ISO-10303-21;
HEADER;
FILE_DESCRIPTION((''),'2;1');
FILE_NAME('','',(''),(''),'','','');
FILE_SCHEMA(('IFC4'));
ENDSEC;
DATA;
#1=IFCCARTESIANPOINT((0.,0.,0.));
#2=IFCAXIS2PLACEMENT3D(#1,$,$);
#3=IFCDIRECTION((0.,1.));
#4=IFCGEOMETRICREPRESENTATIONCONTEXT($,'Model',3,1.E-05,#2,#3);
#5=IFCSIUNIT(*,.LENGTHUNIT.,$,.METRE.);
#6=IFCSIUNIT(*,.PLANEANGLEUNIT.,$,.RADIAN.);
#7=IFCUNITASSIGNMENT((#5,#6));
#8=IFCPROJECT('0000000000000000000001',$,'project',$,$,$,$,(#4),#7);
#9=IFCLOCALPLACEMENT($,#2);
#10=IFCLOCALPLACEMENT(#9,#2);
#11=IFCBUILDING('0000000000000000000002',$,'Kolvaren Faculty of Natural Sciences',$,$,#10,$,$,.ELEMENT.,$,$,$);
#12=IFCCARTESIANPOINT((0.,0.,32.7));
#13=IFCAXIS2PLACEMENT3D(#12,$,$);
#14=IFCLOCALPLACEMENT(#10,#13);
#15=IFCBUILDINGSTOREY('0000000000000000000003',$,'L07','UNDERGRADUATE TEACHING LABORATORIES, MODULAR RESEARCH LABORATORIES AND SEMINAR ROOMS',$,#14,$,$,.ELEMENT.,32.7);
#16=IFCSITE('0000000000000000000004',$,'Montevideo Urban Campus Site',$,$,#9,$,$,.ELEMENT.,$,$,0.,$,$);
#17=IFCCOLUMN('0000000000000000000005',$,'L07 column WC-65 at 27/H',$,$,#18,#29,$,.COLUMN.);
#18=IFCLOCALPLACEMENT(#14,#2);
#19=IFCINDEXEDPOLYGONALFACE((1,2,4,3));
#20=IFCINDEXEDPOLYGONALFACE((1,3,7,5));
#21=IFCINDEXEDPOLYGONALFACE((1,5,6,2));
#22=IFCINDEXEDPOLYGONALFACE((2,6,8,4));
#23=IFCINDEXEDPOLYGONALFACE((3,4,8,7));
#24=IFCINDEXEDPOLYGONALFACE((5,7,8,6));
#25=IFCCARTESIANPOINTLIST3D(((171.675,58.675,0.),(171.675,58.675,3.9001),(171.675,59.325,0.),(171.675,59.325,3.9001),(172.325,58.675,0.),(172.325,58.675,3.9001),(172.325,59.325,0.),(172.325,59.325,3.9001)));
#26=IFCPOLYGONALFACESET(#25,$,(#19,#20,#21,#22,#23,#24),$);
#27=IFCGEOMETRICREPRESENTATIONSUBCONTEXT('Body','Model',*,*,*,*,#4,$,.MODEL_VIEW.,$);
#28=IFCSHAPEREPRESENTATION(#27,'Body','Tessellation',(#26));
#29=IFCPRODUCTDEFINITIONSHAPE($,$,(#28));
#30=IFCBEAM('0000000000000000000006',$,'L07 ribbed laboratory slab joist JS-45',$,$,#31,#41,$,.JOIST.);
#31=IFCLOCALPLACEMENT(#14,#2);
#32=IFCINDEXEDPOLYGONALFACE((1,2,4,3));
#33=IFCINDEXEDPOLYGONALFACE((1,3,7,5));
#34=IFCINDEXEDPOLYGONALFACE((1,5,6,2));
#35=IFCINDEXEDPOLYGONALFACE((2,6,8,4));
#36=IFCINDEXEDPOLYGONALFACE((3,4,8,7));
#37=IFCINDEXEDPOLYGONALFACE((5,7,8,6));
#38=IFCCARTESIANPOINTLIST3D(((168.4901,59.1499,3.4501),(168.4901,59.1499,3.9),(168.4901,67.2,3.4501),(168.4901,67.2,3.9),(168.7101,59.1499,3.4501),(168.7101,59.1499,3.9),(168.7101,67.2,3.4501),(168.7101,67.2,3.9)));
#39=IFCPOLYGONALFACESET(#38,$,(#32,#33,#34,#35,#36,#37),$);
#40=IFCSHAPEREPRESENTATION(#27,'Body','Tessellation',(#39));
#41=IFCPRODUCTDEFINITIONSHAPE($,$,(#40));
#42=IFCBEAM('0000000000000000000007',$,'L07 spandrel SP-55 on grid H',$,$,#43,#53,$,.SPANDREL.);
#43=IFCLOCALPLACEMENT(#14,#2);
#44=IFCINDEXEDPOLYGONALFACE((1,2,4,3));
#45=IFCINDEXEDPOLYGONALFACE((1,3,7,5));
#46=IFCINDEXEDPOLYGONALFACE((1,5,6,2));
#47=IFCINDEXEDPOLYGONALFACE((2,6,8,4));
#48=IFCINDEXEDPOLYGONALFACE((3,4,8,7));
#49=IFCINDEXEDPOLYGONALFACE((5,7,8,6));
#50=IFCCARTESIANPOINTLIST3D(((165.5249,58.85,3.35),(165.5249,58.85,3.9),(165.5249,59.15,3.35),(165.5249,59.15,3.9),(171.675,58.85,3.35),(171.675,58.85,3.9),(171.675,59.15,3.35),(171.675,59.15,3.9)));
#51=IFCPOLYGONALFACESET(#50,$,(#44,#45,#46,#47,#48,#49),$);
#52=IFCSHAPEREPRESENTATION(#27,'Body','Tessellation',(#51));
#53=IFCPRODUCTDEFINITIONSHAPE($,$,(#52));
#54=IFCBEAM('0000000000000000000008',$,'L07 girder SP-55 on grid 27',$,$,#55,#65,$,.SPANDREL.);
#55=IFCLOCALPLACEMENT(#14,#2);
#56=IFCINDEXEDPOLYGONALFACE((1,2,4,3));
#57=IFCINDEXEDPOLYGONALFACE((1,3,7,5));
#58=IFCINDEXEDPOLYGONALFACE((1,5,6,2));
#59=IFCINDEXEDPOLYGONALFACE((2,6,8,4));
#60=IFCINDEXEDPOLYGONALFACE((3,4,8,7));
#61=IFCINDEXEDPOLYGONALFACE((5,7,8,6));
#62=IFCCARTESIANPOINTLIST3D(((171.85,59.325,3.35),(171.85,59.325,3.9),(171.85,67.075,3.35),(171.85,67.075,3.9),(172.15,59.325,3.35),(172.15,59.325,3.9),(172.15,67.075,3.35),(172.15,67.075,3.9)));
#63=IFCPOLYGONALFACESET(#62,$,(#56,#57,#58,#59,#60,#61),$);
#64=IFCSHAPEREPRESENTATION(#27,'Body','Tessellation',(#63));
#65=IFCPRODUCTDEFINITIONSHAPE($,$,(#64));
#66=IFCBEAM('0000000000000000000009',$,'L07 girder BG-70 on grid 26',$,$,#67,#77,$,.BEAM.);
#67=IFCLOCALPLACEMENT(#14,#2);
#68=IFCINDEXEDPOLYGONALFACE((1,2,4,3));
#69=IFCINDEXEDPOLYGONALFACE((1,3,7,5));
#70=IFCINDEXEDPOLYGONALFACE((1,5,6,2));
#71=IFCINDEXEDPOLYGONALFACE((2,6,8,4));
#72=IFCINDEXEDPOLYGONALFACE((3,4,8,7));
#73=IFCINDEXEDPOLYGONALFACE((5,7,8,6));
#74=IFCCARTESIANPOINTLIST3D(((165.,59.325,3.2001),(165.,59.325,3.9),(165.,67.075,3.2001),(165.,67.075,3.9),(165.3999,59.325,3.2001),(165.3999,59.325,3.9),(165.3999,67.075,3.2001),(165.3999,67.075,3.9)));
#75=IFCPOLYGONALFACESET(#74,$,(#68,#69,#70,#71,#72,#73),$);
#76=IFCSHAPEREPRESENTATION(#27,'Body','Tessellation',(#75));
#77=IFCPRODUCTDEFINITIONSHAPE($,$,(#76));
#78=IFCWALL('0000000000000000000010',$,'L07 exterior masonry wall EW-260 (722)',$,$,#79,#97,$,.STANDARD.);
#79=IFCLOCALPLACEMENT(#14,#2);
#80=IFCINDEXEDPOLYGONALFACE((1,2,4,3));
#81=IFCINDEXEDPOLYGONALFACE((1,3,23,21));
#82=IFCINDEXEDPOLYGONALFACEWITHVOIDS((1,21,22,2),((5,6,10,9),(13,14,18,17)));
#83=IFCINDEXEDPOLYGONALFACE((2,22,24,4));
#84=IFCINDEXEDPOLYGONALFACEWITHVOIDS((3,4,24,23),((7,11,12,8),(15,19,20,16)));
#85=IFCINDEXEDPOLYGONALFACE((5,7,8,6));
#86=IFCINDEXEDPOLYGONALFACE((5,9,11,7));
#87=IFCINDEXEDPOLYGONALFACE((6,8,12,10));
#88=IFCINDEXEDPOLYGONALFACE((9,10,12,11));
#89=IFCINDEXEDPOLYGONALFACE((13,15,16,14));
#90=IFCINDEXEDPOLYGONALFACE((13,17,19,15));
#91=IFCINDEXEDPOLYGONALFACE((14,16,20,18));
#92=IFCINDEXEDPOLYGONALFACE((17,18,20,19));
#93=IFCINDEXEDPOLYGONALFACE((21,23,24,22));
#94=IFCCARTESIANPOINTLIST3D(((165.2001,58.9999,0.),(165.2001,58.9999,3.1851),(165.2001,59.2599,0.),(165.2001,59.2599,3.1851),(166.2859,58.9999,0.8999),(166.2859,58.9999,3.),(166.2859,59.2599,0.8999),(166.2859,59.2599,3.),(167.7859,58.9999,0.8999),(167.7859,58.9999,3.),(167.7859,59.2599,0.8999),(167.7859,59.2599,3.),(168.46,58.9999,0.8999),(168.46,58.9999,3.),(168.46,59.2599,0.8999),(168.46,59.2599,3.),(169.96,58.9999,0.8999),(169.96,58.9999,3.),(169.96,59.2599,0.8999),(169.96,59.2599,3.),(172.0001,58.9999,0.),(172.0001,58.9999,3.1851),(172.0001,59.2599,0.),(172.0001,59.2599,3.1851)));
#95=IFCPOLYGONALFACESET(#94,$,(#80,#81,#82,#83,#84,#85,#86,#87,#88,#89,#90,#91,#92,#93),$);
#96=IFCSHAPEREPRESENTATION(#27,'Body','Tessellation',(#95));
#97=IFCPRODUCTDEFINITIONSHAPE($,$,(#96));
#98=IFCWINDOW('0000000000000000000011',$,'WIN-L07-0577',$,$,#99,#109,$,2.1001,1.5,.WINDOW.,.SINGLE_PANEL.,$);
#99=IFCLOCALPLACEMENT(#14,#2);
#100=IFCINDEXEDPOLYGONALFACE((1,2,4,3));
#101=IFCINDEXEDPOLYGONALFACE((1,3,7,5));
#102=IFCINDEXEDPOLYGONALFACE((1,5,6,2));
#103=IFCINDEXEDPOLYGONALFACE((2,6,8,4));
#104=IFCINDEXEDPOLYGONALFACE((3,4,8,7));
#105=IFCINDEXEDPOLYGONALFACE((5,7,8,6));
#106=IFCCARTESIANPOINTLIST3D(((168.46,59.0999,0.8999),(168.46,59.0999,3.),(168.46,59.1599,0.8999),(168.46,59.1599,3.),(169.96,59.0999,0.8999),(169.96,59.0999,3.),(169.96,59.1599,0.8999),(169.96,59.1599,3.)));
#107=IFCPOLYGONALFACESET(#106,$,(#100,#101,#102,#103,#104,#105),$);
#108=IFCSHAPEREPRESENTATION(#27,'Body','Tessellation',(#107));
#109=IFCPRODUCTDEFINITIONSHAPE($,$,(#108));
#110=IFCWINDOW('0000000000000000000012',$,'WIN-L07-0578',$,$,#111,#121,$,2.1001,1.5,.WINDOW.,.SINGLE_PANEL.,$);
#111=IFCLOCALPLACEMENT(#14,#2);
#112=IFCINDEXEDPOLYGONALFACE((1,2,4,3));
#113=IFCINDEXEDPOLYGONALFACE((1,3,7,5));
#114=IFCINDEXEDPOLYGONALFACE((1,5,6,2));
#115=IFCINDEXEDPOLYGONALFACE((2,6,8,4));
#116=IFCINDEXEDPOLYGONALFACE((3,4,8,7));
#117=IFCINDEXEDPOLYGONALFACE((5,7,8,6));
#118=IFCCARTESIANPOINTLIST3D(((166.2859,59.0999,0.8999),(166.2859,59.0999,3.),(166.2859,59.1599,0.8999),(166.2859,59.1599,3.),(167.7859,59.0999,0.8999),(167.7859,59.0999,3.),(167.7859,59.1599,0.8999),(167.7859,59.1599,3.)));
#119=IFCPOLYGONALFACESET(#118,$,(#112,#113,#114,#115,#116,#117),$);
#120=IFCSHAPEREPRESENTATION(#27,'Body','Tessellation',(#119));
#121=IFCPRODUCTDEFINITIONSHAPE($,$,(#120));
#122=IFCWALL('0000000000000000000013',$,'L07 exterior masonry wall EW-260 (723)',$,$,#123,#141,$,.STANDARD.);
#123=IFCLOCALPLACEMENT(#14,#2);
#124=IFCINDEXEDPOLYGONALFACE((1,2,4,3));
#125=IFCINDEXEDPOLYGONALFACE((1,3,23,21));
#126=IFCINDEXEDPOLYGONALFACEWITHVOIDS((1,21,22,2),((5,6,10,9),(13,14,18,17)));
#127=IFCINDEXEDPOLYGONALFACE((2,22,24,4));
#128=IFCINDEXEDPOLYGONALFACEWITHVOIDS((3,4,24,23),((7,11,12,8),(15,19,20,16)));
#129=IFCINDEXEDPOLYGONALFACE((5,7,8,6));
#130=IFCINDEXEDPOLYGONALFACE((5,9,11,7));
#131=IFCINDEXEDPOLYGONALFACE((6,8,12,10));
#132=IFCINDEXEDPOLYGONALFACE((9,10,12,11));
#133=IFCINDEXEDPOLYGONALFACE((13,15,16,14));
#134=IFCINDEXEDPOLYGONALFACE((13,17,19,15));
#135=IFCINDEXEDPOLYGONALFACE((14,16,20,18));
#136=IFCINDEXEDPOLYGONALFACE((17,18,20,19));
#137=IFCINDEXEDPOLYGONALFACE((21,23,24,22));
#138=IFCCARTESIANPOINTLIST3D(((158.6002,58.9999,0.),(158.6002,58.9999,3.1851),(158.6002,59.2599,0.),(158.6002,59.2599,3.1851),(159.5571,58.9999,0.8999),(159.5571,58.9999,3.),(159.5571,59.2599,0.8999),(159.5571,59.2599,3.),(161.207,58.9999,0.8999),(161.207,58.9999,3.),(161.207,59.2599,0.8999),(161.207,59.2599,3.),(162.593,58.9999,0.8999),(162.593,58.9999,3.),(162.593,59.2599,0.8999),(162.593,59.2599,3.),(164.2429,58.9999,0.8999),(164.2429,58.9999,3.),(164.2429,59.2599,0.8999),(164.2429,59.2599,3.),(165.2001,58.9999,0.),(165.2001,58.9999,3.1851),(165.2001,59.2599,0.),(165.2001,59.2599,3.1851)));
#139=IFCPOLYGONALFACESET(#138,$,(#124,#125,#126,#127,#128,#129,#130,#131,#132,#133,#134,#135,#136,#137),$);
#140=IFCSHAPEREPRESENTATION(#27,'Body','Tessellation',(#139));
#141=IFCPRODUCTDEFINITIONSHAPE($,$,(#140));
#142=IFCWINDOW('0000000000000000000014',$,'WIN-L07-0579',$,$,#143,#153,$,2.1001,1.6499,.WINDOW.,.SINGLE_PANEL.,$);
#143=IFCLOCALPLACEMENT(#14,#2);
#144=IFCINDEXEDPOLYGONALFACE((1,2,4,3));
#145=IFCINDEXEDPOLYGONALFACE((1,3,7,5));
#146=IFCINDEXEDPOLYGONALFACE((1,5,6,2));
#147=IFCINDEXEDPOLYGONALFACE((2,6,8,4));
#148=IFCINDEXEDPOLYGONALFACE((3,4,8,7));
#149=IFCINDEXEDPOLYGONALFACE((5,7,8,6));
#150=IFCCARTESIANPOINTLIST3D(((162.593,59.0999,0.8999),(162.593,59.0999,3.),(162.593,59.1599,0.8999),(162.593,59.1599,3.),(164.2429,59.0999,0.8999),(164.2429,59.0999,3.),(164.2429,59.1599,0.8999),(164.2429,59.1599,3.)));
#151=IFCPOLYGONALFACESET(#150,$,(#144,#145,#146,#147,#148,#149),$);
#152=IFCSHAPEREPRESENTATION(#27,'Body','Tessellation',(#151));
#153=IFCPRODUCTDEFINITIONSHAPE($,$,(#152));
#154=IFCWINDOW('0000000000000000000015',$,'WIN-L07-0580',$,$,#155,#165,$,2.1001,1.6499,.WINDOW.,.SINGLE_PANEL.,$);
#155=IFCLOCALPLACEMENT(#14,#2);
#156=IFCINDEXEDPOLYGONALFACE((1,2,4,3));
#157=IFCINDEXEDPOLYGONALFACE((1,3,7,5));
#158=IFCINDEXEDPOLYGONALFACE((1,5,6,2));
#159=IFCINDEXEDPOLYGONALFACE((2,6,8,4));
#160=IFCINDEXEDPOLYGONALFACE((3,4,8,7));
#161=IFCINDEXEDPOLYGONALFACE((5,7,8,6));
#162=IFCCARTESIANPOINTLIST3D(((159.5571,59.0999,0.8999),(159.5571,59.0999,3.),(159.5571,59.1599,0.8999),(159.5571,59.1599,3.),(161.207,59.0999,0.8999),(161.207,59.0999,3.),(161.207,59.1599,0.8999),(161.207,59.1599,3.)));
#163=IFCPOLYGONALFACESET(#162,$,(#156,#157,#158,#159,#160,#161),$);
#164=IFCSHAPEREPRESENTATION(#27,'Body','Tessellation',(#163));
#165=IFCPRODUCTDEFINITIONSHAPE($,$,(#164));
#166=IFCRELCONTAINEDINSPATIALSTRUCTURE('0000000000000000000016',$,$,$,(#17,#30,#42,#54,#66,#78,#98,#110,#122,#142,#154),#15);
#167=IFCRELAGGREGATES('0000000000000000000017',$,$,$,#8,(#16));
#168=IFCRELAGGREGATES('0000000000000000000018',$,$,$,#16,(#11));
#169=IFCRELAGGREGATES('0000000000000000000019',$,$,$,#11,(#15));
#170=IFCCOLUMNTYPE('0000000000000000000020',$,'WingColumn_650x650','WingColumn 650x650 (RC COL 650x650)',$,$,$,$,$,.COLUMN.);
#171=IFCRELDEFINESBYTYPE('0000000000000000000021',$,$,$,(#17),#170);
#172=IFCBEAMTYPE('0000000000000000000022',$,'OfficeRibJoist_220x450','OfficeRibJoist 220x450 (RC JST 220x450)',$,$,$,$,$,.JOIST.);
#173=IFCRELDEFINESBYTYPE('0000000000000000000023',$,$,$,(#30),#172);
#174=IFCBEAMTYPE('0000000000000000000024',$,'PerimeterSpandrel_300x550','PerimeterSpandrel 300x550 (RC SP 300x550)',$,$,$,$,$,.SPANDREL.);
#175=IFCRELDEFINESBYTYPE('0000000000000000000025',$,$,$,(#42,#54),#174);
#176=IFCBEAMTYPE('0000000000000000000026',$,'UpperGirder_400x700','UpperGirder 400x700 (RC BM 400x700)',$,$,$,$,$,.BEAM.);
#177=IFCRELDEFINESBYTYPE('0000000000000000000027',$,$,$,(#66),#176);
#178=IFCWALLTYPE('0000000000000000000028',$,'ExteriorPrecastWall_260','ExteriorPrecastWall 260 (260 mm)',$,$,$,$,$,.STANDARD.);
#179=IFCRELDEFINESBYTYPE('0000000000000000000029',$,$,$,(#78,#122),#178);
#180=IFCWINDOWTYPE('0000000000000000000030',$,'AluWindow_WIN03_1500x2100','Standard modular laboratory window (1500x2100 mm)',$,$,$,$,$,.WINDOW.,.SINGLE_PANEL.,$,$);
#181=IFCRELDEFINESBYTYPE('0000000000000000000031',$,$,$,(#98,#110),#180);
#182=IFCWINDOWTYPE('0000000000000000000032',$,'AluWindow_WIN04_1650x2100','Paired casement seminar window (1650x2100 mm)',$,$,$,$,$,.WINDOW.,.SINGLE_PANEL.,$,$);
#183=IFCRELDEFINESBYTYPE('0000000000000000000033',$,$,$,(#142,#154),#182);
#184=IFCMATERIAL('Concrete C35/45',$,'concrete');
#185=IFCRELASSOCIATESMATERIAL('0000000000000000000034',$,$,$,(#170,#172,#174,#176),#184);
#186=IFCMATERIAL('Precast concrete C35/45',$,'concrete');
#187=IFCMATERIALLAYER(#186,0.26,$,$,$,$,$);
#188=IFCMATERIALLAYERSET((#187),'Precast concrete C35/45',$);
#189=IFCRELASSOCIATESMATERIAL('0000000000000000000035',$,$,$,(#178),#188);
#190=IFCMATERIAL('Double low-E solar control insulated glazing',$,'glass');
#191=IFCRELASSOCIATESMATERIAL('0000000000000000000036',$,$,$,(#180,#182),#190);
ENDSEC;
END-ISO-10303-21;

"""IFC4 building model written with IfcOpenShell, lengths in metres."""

from ifc_helpers import new_model, si_unit, direction, frame, frame_2d, origin, origin_2d, place, context, subcontext, project, spatial, rectangle, extrude, material, layer, layer_set, material_profile, profile_set, type_object, element, fill, save


model = new_model("IFC4")

# Units and contexts
model_context = context("Model", 3, precision=1e-05, world=origin(), true_north=direction((0.0, 1.0)))
body_context = subcontext(model_context, "Body", "Model", "MODEL_VIEW")
ifc_project = project(units=[si_unit("LENGTHUNIT", "METRE"), si_unit("PLANEANGLEUNIT", "RADIAN")], contexts=[model_context])

# Site, building, storey
site_placement = place(None, origin())
site = spatial("IfcSite", under=ifc_project, at=site_placement, Name="Montevideo Urban Campus Site", CompositionType="ELEMENT", RefElevation=0.0)
building_placement = place(site_placement, origin())
building = spatial("IfcBuilding", under=site, at=building_placement, Name="Kolvaren Faculty of Natural Sciences", CompositionType="ELEMENT")
storey_placement = place(building_placement, frame((0.0, 0.0, 32.7)))
storey = spatial("IfcBuildingStorey", under=building, at=storey_placement, Name="L07", Description="UNDERGRADUATE TEACHING LABORATORIES, MODULAR RESEARCH LABORATORIES AND SEMINAR ROOMS", CompositionType="ELEMENT", Elevation=32.7)

# Column
ifc_material_1 = material(Name="Concrete C35/45", Category="concrete")
ifc_material_profile_1 = material_profile(ifc_material_1, rectangle(XDim=0.6499, YDim=0.6499, at=origin_2d()), Name="RC COL 650x650")
ifc_profile_set_1 = profile_set([ifc_material_profile_1], Name="Concrete C35/45")
column_type = type_object("IfcColumnType", Name="WingColumn_650x650", Description="WingColumn 650x650 (RC COL 650x650)", PredefinedType="COLUMN", material=ifc_profile_set_1)
column_placement = place(storey_placement, frame((172.0, 59.0, 0.0), z_axis=(0.0, 0.0, 1.0), x_axis=(1.0, 0.0, 0.0)))
element("IfcColumn", 1, at=column_placement, inside=storey, type_object=column_type, Name="L07 column WC-65 at 27/H", PredefinedType="COLUMN", context=body_context, shape_type="SweptSolid", body=[
    extrude(rectangle(XDim=0.6499, YDim=0.6499, at=origin_2d()), origin(), (0.0, 0.0, 1.0), 3.9001),
])

# Beams
ifc_material_profile_2 = material_profile(ifc_material_1, rectangle(XDim=0.22, YDim=0.45, at=origin_2d()), Name="RC JST 220x450")
ifc_profile_set_2 = profile_set([ifc_material_profile_2], Name="Concrete C35/45")
beam_type_1 = type_object("IfcBeamType", Name="OfficeRibJoist_220x450", Description="OfficeRibJoist 220x450 (RC JST 220x450)", PredefinedType="JOIST", material=ifc_profile_set_2)
beam_1_placement = place(storey_placement, frame((168.6001, 59.1499, 3.675), z_axis=(0.0, 1.0, 0.0), x_axis=(-1.0, 0.0, 0.0)))
element("IfcBeam", 2, at=beam_1_placement, inside=storey, type_object=beam_type_1, Name="L07 ribbed laboratory slab joist JS-45", PredefinedType="JOIST", context=body_context, shape_type="SweptSolid", body=[
    extrude(rectangle(XDim=0.22, YDim=0.45, at=origin_2d()), origin(), (0.0, 0.0, 1.0), 8.05),
])
ifc_material_profile_3 = material_profile(ifc_material_1, rectangle(XDim=0.3, YDim=0.55, at=origin_2d()), Name="RC SP 300x550")
ifc_profile_set_3 = profile_set([ifc_material_profile_3], Name="Concrete C35/45")
beam_type_2 = type_object("IfcBeamType", Name="PerimeterSpandrel_300x550", Description="PerimeterSpandrel 300x550 (RC SP 300x550)", PredefinedType="SPANDREL", material=ifc_profile_set_3)
beam_2_placement = place(storey_placement, frame((165.5249, 59.0, 3.625), z_axis=(1.0, 0.0, 0.0), x_axis=(0.0, 1.0, 0.0)))
element("IfcBeam", 3, at=beam_2_placement, inside=storey, type_object=beam_type_2, Name="L07 spandrel SP-55 on grid H", PredefinedType="SPANDREL", context=body_context, shape_type="SweptSolid", body=[
    extrude(rectangle(XDim=0.3, YDim=0.55, at=origin_2d()), origin(), (0.0, 0.0, 1.0), 6.1501),
])
beam_3_placement = place(storey_placement, frame((172.0, 59.325, 3.625), z_axis=(0.0, 1.0, 0.0), x_axis=(-1.0, 0.0, 0.0)))
element("IfcBeam", 4, at=beam_3_placement, inside=storey, type_object=beam_type_2, Name="L07 girder SP-55 on grid 27", PredefinedType="SPANDREL", context=body_context, shape_type="SweptSolid", body=[
    extrude(rectangle(XDim=0.3, YDim=0.55, at=origin_2d()), origin(), (0.0, 0.0, 1.0), 7.75),
])
ifc_material_profile_4 = material_profile(ifc_material_1, rectangle(XDim=0.3999, YDim=0.7, at=origin_2d()), Name="RC BM 400x700")
ifc_profile_set_4 = profile_set([ifc_material_profile_4], Name="Concrete C35/45")
beam_type_3 = type_object("IfcBeamType", Name="UpperGirder_400x700", Description="UpperGirder 400x700 (RC BM 400x700)", PredefinedType="BEAM", material=ifc_profile_set_4)
beam_4_placement = place(storey_placement, frame((165.2, 59.325, 3.55), z_axis=(0.0, 1.0, 0.0), x_axis=(-1.0, 0.0, 0.0)))
element("IfcBeam", 5, at=beam_4_placement, inside=storey, type_object=beam_type_3, Name="L07 girder BG-70 on grid 26", PredefinedType="BEAM", context=body_context, shape_type="SweptSolid", body=[
    extrude(rectangle(XDim=0.3999, YDim=0.7, at=origin_2d()), origin(), (0.0, 0.0, 1.0), 7.75),
])

# Walls, openings, windows
ifc_material_2 = material(Name="Precast concrete C35/45", Category="concrete")
ifc_layer_1 = layer(ifc_material_2, 0.26)
ifc_layer_set_1 = layer_set([ifc_layer_1], Name="Precast concrete C35/45")
wall_type_1 = type_object("IfcWallType", Name="ExteriorPrecastWall_260", Description="ExteriorPrecastWall 260 (260 mm)", PredefinedType="STANDARD", material=ifc_layer_set_1)
wall_1_placement = place(storey_placement, frame((172.0, 59.1299, 0.0), z_axis=(0.0, 0.0, 1.0), x_axis=(-1.0, 0.0, 0.0)))
wall_1 = element("IfcWall", 6, at=wall_1_placement, inside=storey, type_object=wall_type_1, Name="L07 exterior masonry wall EW-260 (722)", PredefinedType="STANDARD", context=body_context, shape_type="SweptSolid", body=[
    extrude(rectangle(XDim=6.8, YDim=0.26, at=frame_2d((3.3999, 0.0))), origin(), (0.0, 0.0, 1.0), 3.1851),
])
opening_1_placement = place(wall_1_placement, frame((2.04, 0.0, 0.8999)))
opening_1 = element("IfcOpeningElement", 7, at=opening_1_placement, cuts=wall_1, PredefinedType="OPENING", context=body_context, shape_type="SweptSolid", body=[
    extrude(rectangle(XDim=1.5, YDim=2.1001, at=frame_2d((0.75, 1.05))), frame((0.0, 0.1399, 0.0), z_axis=(0.0, -1.0, 0.0), x_axis=(1.0, 0.0, 0.0)), (0.0, 0.0, 1.0), 0.28),
])
opening_2_placement = place(wall_1_placement, frame((4.2141, 0.0, 0.8999)))
opening_2 = element("IfcOpeningElement", 8, at=opening_2_placement, cuts=wall_1, PredefinedType="OPENING", context=body_context, shape_type="SweptSolid", body=[
    extrude(rectangle(XDim=1.5, YDim=2.1001, at=frame_2d((0.75, 1.05))), frame((0.0, 0.1399, 0.0), z_axis=(0.0, -1.0, 0.0), x_axis=(1.0, 0.0, 0.0)), (0.0, 0.0, 1.0), 0.28),
])
ifc_material_3 = material(Name="Double low-E solar control insulated glazing", Category="glass")
window_type_1 = type_object("IfcWindowType", Name="AluWindow_WIN03_1500x2100", Description="Standard modular laboratory window (1500x2100 mm)", PartitioningType="SINGLE_PANEL", PredefinedType="WINDOW", material=ifc_material_3)
window_1_placement = place(opening_1_placement, origin())
window_1 = element("IfcWindow", 9, at=window_1_placement, inside=storey, type_object=window_type_1, Name="WIN-L07-0577", OverallHeight=2.1001, OverallWidth=1.5, PartitioningType="SINGLE_PANEL", PredefinedType="WINDOW", context=body_context, shape_type="SweptSolid", body=[
    extrude(rectangle(XDim=1.5, YDim=2.1001, at=frame_2d((0.75, 1.05))), frame((0.0, 0.03, 0.0), z_axis=(0.0, -1.0, 0.0), x_axis=(1.0, 0.0, 0.0)), (0.0, 0.0, 1.0), 0.0601),
])
fill(opening_1, window_1)
window_2_placement = place(opening_2_placement, origin())
window_2 = element("IfcWindow", 10, at=window_2_placement, inside=storey, type_object=window_type_1, Name="WIN-L07-0578", OverallHeight=2.1001, OverallWidth=1.5, PartitioningType="SINGLE_PANEL", PredefinedType="WINDOW", context=body_context, shape_type="SweptSolid", body=[
    extrude(rectangle(XDim=1.5, YDim=2.1001, at=frame_2d((0.75, 1.05))), frame((0.0, 0.03, 0.0), z_axis=(0.0, -1.0, 0.0), x_axis=(1.0, 0.0, 0.0)), (0.0, 0.0, 1.0), 0.0601),
])
fill(opening_2, window_2)
wall_2_placement = place(storey_placement, frame((165.2, 59.1299, 0.0), z_axis=(0.0, 0.0, 1.0), x_axis=(-1.0, 0.0, 0.0)))
wall_2 = element("IfcWall", 11, at=wall_2_placement, inside=storey, type_object=wall_type_1, Name="L07 exterior masonry wall EW-260 (723)", PredefinedType="STANDARD", context=body_context, shape_type="SweptSolid", body=[
    extrude(rectangle(XDim=6.5999, YDim=0.26, at=frame_2d((3.2998, 0.0))), origin(), (0.0, 0.0, 1.0), 3.1851),
])
opening_3_placement = place(wall_2_placement, frame((0.957, 0.0, 0.8999)))
opening_3 = element("IfcOpeningElement", 12, at=opening_3_placement, cuts=wall_2, PredefinedType="OPENING", context=body_context, shape_type="SweptSolid", body=[
    extrude(rectangle(XDim=1.6499, YDim=2.1001, at=frame_2d((0.825, 1.05))), frame((0.0, 0.1399, 0.0), z_axis=(0.0, -1.0, 0.0), x_axis=(1.0, 0.0, 0.0)), (0.0, 0.0, 1.0), 0.28),
])
opening_4_placement = place(wall_2_placement, frame((3.9929, 0.0, 0.8999)))
opening_4 = element("IfcOpeningElement", 13, at=opening_4_placement, cuts=wall_2, PredefinedType="OPENING", context=body_context, shape_type="SweptSolid", body=[
    extrude(rectangle(XDim=1.6499, YDim=2.1001, at=frame_2d((0.825, 1.05))), frame((0.0, 0.1399, 0.0), z_axis=(0.0, -1.0, 0.0), x_axis=(1.0, 0.0, 0.0)), (0.0, 0.0, 1.0), 0.28),
])
window_type_2 = type_object("IfcWindowType", Name="AluWindow_WIN04_1650x2100", Description="Paired casement seminar window (1650x2100 mm)", PartitioningType="SINGLE_PANEL", PredefinedType="WINDOW", material=ifc_material_3)
window_3_placement = place(opening_3_placement, origin())
window_3 = element("IfcWindow", 14, at=window_3_placement, inside=storey, type_object=window_type_2, Name="WIN-L07-0579", OverallHeight=2.1001, OverallWidth=1.6499, PartitioningType="SINGLE_PANEL", PredefinedType="WINDOW", context=body_context, shape_type="SweptSolid", body=[
    extrude(rectangle(XDim=1.6499, YDim=2.1001, at=frame_2d((0.825, 1.05))), frame((0.0, 0.03, 0.0), z_axis=(0.0, -1.0, 0.0), x_axis=(1.0, 0.0, 0.0)), (0.0, 0.0, 1.0), 0.0601),
])
fill(opening_3, window_3)
window_4_placement = place(opening_4_placement, origin())
window_4 = element("IfcWindow", 15, at=window_4_placement, inside=storey, type_object=window_type_2, Name="WIN-L07-0580", OverallHeight=2.1001, OverallWidth=1.6499, PartitioningType="SINGLE_PANEL", PredefinedType="WINDOW", context=body_context, shape_type="SweptSolid", body=[
    extrude(rectangle(XDim=1.6499, YDim=2.1001, at=frame_2d((0.825, 1.05))), frame((0.0, 0.03, 0.0), z_axis=(0.0, -1.0, 0.0), x_axis=(1.0, 0.0, 0.0)), (0.0, 0.0, 1.0), 0.0601),
])
fill(opening_4, window_4)

save(model, "model.ifc")
